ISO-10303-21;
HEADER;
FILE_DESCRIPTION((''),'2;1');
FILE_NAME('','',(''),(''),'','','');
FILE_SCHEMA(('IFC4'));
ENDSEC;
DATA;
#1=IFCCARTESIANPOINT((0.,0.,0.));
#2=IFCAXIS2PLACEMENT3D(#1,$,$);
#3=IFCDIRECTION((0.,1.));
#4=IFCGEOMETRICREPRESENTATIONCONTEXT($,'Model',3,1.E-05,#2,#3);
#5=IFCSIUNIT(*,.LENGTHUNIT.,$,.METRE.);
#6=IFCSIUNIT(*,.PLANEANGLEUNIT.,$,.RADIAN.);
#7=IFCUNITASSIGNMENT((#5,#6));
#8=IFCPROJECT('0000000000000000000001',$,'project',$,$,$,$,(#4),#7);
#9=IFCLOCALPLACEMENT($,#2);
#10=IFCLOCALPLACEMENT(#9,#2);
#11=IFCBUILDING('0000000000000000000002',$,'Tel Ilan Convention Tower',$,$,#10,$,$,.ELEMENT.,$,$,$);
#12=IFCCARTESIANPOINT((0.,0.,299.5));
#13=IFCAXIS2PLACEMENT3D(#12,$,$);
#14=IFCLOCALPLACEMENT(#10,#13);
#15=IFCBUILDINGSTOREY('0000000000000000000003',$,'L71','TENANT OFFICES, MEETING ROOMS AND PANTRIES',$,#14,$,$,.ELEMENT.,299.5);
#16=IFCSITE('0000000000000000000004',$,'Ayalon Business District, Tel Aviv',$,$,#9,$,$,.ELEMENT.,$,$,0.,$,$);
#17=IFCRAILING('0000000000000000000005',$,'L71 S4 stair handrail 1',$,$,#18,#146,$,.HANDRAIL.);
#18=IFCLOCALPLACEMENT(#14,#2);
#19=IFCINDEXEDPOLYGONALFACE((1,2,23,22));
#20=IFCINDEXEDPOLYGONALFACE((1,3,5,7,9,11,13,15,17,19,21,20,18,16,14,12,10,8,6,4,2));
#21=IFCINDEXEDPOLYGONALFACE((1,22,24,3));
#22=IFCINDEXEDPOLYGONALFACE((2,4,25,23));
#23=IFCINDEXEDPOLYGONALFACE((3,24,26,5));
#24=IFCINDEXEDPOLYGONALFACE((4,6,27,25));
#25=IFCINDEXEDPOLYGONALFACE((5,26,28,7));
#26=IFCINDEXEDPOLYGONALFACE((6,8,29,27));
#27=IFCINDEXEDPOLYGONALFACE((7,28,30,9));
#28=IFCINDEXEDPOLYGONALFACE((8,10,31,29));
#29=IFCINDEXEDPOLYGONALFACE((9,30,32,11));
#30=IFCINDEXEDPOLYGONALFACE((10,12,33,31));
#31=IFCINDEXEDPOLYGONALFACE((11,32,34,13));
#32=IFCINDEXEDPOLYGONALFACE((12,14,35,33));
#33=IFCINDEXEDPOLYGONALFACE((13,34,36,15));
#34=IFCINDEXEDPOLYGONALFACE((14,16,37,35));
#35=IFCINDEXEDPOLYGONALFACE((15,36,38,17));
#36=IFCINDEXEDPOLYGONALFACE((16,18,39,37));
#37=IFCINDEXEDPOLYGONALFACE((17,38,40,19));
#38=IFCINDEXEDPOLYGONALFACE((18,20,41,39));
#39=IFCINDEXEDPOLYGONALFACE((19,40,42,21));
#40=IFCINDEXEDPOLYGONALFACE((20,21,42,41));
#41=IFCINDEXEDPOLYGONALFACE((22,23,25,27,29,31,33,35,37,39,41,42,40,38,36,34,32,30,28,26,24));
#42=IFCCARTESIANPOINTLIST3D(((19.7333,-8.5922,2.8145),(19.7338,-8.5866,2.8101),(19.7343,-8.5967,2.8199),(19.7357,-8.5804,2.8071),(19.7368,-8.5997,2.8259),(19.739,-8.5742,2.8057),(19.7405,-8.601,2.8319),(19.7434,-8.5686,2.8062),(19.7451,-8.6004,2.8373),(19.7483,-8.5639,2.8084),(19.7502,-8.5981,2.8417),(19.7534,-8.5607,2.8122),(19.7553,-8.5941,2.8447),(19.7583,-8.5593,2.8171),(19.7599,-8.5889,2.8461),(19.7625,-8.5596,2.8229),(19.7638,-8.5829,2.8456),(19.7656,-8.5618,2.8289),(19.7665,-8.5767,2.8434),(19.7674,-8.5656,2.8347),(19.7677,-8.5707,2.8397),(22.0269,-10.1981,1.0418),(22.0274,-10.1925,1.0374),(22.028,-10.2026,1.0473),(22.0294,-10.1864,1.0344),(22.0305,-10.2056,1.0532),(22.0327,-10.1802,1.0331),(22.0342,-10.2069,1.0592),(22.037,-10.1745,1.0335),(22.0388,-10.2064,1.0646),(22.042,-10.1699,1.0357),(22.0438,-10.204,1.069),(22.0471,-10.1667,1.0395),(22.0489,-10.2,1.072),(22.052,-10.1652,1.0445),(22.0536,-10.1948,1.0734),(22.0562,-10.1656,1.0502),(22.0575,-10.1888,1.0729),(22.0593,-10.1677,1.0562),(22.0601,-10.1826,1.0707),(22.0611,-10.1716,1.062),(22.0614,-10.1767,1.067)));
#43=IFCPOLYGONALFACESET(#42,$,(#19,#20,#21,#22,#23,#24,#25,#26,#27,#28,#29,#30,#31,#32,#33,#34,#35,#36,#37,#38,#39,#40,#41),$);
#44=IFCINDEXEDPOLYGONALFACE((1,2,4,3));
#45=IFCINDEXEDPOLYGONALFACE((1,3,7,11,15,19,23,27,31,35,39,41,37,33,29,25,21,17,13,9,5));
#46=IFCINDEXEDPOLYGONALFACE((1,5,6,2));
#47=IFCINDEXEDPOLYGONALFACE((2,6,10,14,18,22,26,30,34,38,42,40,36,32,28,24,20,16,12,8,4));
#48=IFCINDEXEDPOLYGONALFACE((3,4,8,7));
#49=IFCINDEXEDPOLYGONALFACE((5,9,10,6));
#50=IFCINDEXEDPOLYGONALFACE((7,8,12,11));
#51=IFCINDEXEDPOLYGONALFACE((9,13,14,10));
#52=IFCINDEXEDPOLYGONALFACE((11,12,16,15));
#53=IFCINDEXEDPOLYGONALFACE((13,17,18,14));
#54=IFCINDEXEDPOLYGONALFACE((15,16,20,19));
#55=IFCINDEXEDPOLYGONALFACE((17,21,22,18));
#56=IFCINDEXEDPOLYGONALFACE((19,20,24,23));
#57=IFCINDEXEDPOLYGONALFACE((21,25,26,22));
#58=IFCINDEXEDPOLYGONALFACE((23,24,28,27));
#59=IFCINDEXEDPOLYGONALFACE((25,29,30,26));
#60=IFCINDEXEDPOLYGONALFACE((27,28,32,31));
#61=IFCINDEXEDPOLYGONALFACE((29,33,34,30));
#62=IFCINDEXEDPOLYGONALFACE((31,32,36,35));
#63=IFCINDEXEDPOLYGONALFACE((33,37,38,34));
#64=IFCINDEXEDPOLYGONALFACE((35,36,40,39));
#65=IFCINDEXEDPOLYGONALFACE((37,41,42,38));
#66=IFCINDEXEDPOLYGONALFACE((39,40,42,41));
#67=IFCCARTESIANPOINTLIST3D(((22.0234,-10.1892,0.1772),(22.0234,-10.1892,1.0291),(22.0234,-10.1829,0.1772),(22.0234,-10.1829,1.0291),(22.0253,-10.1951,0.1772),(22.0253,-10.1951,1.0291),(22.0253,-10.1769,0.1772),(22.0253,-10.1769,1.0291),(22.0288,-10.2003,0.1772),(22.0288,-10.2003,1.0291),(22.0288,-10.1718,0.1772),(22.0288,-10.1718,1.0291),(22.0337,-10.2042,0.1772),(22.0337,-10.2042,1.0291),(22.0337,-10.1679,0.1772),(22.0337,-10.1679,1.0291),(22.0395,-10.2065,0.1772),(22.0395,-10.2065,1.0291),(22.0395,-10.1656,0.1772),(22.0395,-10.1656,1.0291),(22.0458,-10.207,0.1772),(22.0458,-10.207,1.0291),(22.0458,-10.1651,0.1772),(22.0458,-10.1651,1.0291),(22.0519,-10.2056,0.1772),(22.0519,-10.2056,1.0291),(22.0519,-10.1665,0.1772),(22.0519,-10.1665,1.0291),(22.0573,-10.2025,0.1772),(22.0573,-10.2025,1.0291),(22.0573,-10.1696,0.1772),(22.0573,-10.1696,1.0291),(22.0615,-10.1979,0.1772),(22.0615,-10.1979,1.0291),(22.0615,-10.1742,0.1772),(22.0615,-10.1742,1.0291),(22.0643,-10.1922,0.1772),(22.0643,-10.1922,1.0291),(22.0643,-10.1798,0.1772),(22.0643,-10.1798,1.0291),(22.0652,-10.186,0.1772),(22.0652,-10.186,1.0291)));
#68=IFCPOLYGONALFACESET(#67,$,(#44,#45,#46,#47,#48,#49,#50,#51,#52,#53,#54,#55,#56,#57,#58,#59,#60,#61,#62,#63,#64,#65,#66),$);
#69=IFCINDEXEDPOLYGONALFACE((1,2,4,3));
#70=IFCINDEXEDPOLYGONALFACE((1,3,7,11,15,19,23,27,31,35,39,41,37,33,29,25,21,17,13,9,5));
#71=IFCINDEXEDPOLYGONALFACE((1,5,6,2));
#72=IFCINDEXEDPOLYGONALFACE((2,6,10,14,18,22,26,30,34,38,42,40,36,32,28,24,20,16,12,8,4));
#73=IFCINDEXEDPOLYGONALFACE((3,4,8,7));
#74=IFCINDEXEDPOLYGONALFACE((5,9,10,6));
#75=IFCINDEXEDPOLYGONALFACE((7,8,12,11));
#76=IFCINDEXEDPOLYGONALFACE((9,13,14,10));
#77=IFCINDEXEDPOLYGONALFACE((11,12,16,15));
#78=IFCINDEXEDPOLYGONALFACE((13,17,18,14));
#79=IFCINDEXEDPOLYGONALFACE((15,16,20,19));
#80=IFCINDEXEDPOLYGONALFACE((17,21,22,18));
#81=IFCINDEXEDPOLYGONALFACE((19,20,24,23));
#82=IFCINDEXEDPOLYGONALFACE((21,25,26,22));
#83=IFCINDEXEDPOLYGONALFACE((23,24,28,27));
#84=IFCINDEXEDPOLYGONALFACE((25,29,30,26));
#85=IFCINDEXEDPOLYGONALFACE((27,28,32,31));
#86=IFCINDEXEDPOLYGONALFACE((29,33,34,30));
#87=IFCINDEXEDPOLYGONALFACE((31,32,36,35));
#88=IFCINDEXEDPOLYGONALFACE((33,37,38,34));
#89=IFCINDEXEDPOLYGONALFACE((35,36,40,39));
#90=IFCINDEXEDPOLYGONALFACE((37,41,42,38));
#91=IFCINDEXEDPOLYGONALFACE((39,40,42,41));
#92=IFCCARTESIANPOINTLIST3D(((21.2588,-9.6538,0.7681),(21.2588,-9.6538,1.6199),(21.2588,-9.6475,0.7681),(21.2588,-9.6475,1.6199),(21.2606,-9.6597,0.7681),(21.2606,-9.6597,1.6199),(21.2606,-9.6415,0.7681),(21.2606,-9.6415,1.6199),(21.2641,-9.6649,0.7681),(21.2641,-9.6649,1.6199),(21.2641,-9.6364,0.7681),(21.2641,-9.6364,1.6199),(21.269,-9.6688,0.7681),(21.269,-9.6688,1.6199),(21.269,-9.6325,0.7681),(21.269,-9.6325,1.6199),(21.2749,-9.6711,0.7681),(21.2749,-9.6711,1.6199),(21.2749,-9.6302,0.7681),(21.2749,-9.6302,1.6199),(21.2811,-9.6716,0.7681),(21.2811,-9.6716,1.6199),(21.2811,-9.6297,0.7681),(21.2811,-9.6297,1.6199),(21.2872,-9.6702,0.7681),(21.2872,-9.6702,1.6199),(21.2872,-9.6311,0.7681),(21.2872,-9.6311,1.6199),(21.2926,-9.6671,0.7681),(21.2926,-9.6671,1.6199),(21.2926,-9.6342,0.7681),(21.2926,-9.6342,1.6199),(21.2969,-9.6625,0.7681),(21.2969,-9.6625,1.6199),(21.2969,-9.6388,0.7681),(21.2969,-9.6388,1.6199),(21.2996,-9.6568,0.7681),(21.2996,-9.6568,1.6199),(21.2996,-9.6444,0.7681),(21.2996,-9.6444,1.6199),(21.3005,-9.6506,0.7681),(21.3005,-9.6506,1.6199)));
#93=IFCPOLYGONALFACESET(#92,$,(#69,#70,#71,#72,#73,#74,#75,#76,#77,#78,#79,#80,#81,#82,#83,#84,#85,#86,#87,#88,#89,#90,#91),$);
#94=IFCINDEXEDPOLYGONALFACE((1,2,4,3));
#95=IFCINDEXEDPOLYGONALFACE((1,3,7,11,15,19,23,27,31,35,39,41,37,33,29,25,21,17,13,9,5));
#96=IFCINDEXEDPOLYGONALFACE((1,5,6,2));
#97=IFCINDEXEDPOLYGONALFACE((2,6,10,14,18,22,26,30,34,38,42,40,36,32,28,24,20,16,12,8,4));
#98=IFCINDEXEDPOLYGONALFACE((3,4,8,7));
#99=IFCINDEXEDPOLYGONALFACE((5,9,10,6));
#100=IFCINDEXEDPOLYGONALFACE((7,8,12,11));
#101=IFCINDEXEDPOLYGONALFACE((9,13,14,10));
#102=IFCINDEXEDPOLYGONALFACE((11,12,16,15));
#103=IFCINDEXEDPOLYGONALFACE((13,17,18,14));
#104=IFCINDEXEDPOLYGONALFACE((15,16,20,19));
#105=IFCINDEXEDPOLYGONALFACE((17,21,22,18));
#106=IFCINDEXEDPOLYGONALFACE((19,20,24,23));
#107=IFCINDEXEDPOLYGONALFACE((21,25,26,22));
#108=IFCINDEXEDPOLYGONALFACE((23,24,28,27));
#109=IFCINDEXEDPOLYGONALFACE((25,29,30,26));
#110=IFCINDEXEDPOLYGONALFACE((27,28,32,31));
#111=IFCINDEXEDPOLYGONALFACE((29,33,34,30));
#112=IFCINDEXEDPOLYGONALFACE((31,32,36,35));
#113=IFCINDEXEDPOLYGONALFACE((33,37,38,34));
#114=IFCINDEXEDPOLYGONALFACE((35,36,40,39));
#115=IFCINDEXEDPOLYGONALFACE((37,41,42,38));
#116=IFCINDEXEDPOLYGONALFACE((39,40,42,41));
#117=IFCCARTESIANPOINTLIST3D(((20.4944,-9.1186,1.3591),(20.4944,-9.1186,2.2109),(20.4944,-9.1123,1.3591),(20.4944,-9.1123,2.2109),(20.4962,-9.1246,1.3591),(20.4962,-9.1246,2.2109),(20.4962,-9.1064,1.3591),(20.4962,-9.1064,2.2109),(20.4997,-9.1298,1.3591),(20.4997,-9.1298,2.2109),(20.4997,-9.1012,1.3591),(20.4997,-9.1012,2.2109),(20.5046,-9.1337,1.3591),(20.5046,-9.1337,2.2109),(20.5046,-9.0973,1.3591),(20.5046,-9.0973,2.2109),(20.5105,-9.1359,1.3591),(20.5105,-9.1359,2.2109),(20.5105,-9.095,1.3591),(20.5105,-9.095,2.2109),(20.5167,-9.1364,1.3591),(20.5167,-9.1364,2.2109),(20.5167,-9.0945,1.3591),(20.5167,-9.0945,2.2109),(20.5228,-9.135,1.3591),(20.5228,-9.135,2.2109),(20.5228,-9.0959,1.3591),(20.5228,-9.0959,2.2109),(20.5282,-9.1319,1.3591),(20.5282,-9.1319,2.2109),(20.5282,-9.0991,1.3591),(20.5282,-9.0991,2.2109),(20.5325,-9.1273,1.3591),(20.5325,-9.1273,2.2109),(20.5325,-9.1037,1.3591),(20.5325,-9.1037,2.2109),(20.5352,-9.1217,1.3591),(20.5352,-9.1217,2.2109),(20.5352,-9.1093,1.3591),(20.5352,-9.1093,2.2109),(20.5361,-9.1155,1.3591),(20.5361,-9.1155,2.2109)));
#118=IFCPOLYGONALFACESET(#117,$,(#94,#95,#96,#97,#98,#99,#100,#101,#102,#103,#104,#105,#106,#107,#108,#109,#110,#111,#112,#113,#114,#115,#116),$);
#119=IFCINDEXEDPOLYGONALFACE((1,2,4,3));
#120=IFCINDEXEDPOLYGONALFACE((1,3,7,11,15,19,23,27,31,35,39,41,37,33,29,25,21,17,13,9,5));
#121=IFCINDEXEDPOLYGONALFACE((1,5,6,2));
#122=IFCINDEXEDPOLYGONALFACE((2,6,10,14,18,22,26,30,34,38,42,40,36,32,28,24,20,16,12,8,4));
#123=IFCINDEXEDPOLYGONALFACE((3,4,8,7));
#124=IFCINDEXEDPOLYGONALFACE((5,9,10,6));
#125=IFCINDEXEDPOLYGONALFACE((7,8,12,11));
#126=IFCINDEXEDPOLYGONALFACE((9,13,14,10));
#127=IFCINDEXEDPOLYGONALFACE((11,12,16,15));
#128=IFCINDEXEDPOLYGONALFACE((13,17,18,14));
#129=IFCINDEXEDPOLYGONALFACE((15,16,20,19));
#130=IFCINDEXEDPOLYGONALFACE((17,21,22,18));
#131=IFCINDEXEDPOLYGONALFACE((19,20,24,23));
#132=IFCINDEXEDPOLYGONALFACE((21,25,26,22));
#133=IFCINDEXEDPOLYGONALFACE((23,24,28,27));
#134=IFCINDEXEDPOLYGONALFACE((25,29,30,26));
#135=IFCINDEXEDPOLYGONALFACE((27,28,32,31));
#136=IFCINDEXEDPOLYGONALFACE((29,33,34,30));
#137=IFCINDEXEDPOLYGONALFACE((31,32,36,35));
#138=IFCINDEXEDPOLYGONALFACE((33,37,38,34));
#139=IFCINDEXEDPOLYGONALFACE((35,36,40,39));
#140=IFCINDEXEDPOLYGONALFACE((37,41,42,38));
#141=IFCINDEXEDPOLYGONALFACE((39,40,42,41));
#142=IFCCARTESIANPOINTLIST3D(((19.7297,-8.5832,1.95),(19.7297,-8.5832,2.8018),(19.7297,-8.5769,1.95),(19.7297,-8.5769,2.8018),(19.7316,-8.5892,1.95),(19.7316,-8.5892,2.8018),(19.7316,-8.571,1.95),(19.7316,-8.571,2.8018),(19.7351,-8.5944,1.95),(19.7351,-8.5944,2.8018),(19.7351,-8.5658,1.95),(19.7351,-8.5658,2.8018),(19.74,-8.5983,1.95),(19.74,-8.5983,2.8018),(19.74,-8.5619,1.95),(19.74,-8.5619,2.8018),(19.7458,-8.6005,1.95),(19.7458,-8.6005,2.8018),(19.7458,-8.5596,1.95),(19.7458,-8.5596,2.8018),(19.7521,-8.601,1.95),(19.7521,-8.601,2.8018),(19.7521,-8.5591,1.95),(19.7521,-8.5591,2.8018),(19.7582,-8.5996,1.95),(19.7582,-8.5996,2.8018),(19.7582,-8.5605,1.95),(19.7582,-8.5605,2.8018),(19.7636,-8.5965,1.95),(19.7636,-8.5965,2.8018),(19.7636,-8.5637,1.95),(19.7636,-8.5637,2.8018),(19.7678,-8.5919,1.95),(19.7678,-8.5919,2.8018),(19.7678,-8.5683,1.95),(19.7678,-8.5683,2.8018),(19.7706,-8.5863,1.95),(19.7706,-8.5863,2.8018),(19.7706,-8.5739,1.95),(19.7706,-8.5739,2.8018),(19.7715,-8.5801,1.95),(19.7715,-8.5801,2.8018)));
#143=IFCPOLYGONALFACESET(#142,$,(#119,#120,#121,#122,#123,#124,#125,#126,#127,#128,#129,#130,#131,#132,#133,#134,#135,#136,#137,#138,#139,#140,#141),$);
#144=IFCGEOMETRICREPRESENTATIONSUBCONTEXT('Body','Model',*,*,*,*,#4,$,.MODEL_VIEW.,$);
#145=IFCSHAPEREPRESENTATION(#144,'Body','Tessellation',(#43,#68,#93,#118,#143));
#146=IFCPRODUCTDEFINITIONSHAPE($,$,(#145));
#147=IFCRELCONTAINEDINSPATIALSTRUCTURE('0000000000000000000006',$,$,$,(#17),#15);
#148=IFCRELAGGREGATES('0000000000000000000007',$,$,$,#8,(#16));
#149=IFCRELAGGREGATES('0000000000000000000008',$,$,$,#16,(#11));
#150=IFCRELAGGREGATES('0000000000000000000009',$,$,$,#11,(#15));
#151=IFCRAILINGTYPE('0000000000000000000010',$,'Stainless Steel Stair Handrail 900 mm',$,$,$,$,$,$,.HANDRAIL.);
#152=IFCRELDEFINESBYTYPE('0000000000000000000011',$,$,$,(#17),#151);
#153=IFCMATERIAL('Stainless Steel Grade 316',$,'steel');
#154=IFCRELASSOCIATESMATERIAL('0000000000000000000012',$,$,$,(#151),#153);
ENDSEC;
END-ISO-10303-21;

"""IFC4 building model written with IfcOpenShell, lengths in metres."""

from ifc_helpers import new_model, si_unit, direction, frame, origin, origin_2d, place, context, subcontext, project, spatial, circle, extrude, material, type_object, element, save


model = new_model("IFC4")

# Units and contexts
model_context = context("Model", 3, precision=1e-05, world=origin(), true_north=direction((0.0, 1.0)))
body_context = subcontext(model_context, "Body", "Model", "MODEL_VIEW")
ifc_project = project(units=[si_unit("LENGTHUNIT", "METRE"), si_unit("PLANEANGLEUNIT", "RADIAN")], contexts=[model_context])

# Site, building, storey
site_placement = place(None, origin())
site = spatial("IfcSite", under=ifc_project, at=site_placement, Name="Ayalon Business District, Tel Aviv", CompositionType="ELEMENT", RefElevation=0.0)
building_placement = place(site_placement, origin())
building = spatial("IfcBuilding", under=site, at=building_placement, Name="Tel Ilan Convention Tower", CompositionType="ELEMENT")
storey_placement = place(building_placement, frame((0.0, 0.0, 299.5)))
storey = spatial("IfcBuildingStorey", under=building, at=storey_placement, Name="L71", Description="TENANT OFFICES, MEETING ROOMS AND PANTRIES", CompositionType="ELEMENT", Elevation=299.5)

# Railing
ifc_material_1 = material(Name="Stainless Steel Grade 316", Category="steel")
railing_type_1 = type_object("IfcRailingType", Name="Stainless Steel Stair Handrail 900 mm", PredefinedType="HANDRAIL", material=ifc_material_1)
for number, where, name in (
    (1, (22.0442, -10.186, 0.1772), "L71 S4 stair handrail 1"),
):
    element("IfcRailing", number, at=place(storey_placement, frame(where)), inside=storey, type_object=railing_type_1, Name=name, PredefinedType="HANDRAIL", context=body_context, shape_type="SweptSolid", body=[
        extrude(circle(Radius=0.0239, at=origin_2d()), frame((0.0, 0.0, 0.876), z_axis=(-0.692123, 0.484597, 0.534913), x_axis=(-0.57355, -0.81917, 0.0)), (0.0, 0.0, 1.0), 3.314),
        extrude(circle(Radius=0.021, at=origin_2d()), origin(), (0.0, 0.0, 1.0), 0.8518),
        extrude(circle(Radius=0.021, at=origin_2d()), frame((-0.7646, 0.5354, 0.5908)), (0.0, 0.0, 1.0), 0.8518),
        extrude(circle(Radius=0.021, at=origin_2d()), frame((-1.5291, 1.0706, 1.1819)), (0.0, 0.0, 1.0), 0.8518),
        extrude(circle(Radius=0.021, at=origin_2d()), frame((-2.2937, 1.606, 1.7727)), (0.0, 0.0, 1.0), 0.8518),
    ])

save(model, "model.ifc")
